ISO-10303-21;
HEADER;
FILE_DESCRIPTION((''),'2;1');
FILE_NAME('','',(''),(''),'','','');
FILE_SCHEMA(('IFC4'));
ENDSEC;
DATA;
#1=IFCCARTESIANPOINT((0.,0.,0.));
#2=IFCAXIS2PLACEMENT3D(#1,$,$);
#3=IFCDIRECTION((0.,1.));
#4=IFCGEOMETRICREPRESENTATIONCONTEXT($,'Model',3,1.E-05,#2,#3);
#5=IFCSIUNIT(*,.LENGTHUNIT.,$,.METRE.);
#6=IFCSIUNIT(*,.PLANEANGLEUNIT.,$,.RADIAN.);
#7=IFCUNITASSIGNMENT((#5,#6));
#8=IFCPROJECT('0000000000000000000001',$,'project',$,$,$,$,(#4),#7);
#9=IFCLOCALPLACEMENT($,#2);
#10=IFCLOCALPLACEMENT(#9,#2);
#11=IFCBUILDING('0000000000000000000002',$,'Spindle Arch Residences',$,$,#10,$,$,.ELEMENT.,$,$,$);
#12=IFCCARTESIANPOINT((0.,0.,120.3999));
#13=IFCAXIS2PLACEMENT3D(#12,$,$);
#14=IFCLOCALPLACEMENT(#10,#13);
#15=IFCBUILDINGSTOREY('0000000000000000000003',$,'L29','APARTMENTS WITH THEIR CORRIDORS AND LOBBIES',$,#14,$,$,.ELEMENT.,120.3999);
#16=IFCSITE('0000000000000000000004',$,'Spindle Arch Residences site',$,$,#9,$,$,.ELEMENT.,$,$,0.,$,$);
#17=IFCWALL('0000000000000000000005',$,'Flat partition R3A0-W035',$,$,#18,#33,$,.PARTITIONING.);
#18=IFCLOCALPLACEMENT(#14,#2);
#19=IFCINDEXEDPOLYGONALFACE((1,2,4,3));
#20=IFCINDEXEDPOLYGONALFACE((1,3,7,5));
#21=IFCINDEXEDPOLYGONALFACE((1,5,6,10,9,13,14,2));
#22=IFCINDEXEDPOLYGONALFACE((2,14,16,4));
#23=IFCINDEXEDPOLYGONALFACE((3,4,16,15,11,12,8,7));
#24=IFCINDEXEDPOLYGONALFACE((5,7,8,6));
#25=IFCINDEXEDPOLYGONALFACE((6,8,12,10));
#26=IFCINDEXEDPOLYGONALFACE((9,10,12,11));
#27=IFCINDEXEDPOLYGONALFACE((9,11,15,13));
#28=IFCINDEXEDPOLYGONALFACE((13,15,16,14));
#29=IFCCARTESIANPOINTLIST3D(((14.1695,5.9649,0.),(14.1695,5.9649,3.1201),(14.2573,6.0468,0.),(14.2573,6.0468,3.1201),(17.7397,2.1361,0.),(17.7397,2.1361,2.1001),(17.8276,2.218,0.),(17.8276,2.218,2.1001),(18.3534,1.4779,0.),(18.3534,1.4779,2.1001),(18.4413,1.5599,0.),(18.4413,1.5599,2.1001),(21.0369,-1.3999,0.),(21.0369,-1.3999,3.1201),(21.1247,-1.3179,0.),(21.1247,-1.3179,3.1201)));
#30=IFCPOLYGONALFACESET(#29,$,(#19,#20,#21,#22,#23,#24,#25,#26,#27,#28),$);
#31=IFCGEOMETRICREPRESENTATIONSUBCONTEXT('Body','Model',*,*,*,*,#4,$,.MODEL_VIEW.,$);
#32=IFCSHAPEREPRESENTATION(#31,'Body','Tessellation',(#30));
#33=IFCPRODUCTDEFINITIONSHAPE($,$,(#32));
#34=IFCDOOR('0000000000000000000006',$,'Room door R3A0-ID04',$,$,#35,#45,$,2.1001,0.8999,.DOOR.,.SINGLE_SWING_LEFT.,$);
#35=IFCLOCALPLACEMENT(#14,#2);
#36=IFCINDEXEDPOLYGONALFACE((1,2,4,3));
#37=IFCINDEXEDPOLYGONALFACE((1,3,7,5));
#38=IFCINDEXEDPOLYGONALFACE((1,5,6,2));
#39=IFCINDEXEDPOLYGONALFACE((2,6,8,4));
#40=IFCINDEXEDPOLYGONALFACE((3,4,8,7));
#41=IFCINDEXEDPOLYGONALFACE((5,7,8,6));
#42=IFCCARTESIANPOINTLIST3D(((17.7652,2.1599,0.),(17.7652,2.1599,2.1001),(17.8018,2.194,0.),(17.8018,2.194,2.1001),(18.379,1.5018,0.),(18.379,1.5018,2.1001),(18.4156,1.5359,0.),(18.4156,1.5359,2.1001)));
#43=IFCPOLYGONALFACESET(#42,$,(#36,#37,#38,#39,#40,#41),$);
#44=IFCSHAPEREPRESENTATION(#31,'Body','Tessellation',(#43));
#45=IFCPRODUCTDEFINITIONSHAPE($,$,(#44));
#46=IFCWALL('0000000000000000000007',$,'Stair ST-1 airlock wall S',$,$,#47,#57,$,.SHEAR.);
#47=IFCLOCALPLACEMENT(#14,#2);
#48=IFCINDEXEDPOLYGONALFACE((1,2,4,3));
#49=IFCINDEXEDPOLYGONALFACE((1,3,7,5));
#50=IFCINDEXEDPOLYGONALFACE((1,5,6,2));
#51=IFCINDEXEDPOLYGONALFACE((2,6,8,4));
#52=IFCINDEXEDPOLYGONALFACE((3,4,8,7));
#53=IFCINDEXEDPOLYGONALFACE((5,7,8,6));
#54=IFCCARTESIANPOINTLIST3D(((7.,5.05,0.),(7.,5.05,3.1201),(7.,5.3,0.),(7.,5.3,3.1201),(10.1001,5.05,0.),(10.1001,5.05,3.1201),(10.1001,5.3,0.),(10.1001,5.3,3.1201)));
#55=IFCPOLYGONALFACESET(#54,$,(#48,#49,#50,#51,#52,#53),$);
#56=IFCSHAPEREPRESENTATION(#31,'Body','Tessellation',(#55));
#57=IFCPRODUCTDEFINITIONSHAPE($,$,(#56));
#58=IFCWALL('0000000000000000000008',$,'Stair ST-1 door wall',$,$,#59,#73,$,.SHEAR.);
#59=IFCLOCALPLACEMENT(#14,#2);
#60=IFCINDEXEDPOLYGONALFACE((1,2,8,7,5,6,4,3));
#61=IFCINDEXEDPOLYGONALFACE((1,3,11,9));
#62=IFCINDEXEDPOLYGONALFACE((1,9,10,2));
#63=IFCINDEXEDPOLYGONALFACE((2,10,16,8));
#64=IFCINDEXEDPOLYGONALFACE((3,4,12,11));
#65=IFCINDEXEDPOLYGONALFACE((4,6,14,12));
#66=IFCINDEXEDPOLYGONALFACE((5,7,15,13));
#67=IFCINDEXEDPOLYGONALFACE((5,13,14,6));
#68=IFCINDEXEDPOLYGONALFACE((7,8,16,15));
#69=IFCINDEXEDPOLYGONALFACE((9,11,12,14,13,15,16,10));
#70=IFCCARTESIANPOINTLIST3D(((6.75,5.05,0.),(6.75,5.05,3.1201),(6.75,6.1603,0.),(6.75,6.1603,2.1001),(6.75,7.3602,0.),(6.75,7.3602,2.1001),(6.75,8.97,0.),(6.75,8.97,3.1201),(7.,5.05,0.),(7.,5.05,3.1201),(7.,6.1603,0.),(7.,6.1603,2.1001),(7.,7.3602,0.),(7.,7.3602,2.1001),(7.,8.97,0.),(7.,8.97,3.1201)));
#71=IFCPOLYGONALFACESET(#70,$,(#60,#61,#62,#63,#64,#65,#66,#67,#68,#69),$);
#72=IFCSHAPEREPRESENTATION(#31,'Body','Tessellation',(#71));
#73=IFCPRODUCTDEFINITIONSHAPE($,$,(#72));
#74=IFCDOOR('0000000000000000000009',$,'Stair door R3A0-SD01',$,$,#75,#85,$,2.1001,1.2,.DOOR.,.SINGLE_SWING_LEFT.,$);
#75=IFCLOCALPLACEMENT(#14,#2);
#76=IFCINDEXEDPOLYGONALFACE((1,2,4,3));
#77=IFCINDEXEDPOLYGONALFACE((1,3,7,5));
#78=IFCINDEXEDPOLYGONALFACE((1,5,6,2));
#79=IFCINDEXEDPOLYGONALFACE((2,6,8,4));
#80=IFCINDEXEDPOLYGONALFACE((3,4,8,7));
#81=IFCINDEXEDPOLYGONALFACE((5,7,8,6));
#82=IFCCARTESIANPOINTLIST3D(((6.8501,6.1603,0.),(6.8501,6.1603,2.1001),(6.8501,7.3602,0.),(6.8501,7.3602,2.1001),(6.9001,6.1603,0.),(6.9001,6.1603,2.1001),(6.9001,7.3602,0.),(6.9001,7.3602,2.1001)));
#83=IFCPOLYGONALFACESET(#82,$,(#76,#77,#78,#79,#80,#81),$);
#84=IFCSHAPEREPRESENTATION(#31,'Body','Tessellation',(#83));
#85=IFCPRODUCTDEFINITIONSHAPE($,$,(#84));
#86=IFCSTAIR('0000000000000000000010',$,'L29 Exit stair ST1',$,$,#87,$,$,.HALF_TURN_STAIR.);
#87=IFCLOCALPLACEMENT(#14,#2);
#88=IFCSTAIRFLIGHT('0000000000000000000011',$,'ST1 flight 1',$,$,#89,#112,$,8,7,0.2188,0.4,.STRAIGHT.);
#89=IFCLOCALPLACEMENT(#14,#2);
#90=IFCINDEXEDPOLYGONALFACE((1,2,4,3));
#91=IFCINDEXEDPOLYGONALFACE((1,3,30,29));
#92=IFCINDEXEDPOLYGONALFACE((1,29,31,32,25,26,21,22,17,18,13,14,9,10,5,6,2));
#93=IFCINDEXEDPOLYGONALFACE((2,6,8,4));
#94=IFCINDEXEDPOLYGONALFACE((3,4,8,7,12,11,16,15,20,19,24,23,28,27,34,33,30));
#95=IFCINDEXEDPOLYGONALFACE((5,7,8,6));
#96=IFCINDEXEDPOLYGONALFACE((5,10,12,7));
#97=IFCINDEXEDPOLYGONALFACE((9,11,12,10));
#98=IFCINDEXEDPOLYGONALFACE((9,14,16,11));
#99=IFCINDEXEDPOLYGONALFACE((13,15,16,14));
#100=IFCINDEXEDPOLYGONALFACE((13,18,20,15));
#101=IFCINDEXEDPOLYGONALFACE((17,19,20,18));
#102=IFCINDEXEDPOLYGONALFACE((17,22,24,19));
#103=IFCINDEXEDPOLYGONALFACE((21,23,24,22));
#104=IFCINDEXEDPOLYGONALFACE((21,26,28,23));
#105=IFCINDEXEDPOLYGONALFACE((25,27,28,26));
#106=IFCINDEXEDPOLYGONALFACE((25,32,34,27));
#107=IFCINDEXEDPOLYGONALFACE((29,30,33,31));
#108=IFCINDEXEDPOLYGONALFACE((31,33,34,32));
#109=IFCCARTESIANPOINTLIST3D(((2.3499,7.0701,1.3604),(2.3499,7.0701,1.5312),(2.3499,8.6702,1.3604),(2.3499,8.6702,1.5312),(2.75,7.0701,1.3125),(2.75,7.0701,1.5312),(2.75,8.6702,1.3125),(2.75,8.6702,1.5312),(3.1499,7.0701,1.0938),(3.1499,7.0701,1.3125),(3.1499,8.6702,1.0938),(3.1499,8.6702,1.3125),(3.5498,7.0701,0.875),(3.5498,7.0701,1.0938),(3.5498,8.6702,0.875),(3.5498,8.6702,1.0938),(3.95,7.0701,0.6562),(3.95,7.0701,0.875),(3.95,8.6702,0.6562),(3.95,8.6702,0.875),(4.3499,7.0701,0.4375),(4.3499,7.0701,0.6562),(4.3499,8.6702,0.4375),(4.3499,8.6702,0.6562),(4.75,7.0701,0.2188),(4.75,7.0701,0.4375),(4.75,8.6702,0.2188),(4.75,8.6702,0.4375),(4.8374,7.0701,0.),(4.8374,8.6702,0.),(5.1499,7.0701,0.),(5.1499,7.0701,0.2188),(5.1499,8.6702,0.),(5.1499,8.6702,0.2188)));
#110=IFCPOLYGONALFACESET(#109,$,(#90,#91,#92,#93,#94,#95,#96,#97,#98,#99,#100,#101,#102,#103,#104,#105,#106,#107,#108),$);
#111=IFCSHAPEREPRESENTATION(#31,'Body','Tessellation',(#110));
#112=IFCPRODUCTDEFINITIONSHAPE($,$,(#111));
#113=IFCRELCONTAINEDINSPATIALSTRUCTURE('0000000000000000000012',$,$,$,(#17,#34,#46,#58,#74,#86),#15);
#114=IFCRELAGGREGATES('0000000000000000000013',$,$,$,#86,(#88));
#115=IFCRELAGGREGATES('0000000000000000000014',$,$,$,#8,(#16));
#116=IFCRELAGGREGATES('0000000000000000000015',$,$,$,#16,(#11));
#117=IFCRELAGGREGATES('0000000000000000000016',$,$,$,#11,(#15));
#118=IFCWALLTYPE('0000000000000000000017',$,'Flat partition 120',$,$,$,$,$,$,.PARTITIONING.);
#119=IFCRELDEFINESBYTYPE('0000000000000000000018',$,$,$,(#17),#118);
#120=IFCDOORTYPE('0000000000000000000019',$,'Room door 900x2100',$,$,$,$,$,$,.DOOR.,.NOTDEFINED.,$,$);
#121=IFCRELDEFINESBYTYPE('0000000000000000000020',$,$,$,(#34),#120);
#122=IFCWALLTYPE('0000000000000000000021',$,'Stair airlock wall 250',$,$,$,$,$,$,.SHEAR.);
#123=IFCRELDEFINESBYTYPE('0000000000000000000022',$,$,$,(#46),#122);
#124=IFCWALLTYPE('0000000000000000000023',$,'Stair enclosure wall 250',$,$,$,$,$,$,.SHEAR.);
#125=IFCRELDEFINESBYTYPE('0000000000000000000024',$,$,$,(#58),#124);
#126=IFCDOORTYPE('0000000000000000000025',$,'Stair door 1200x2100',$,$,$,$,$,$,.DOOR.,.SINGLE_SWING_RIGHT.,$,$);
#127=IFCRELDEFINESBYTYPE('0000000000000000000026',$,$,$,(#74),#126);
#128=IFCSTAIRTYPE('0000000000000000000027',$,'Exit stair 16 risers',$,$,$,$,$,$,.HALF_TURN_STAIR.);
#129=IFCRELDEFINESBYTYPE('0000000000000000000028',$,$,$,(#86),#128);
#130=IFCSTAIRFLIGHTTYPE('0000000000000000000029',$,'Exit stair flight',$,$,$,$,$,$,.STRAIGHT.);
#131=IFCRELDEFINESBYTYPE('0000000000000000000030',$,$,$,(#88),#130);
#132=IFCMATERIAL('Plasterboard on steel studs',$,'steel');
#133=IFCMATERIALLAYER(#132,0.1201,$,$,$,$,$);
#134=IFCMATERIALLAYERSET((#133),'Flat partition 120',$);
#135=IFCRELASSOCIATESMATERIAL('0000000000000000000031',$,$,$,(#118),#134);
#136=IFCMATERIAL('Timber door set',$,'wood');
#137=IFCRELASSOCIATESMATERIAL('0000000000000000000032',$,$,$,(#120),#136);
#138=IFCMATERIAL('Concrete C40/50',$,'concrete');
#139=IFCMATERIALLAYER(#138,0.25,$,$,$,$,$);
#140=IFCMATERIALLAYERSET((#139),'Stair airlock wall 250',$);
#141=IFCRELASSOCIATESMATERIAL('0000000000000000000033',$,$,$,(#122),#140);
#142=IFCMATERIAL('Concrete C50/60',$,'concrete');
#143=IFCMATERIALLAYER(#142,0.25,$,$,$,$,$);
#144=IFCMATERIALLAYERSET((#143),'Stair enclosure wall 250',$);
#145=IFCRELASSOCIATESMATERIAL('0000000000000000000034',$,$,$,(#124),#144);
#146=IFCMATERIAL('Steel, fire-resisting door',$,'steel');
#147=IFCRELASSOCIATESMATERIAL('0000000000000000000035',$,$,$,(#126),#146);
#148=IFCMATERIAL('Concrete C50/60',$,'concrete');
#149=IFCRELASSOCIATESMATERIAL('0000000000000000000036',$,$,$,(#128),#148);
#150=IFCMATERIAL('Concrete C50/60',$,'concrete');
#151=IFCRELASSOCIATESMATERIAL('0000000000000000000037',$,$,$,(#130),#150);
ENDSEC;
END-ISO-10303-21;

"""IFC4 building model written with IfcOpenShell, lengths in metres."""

from ifc_helpers import new_model, si_unit, direction, frame, frame_2d, origin, place, context, subcontext, project, spatial, polyline, rectangle, outline, extrude, material, layer, layer_set, type_object, element, fill, aggregate, save


model = new_model("IFC4")

# Units and contexts
model_context = context("Model", 3, precision=1e-05, world=origin(), true_north=direction((0.0, 1.0)))
body_context = subcontext(model_context, "Body", "Model", "MODEL_VIEW")
ifc_project = project(units=[si_unit("LENGTHUNIT", "METRE"), si_unit("PLANEANGLEUNIT", "RADIAN")], contexts=[model_context])

# Site, building, storey
site_placement = place(None, origin())
site = spatial("IfcSite", under=ifc_project, at=site_placement, Name="Spindle Arch Residences site", CompositionType="ELEMENT", RefElevation=0.0)
building_placement = place(site_placement, origin())
building = spatial("IfcBuilding", under=site, at=building_placement, Name="Spindle Arch Residences", CompositionType="ELEMENT")
storey_placement = place(building_placement, frame((0.0, 0.0, 120.3999)))
storey = spatial("IfcBuildingStorey", under=building, at=storey_placement, Name="L29", Description="APARTMENTS WITH THEIR CORRIDORS AND LOBBIES", CompositionType="ELEMENT", Elevation=120.3999)

# Wall, opening, door
ifc_material_1 = material(Name="Plasterboard on steel studs", Category="steel")
ifc_layer_1 = layer(ifc_material_1, 0.1201)
ifc_layer_set_1 = layer_set([ifc_layer_1], Name="Flat partition 120")
wall_type_1 = type_object("IfcWallType", Name="Flat partition 120", PredefinedType="PARTITIONING", material=ifc_layer_set_1)
ifc_material_2 = material(Name="Timber door set", Category="wood")
door_type_1 = type_object("IfcDoorType", Name="Room door 900x2100", OperationType="NOTDEFINED", PredefinedType="DOOR", material=ifc_material_2)
wall_1_placement = place(storey_placement, frame((14.2134, 6.0059, 0.0), z_axis=(0.0, 0.0, 1.0), x_axis=(0.681982, -0.731369, 0.0)))
wall_1 = element("IfcWall", 1, at=wall_1_placement, inside=storey, type_object=wall_type_1, Name="Flat partition R3A0-W035", PredefinedType="PARTITIONING", context=body_context, shape_type="SweptSolid", body=[
    extrude(rectangle(XDim=10.0698, YDim=0.1201, at=frame_2d((5.0349, 0.0))), origin(), (0.0, 0.0, 1.0), 3.1201),
])
opening_1_placement = place(wall_1_placement, frame((5.2351, 0.0, 0.0)))
opening_1 = element("IfcOpeningElement", 2, at=opening_1_placement, cuts=wall_1, PredefinedType="OPENING", context=body_context, shape_type="SweptSolid", body=[
    extrude(rectangle(XDim=0.8999, YDim=2.1001, at=frame_2d((0.45, 1.05))), frame((0.0, 0.0701, 0.0), z_axis=(0.0, -1.0, 0.0), x_axis=(1.0, 0.0, 0.0)), (0.0, 0.0, 1.0), 0.1401),
])
door_1_placement = place(opening_1_placement, origin())
door_1 = element("IfcDoor", 3, at=door_1_placement, inside=storey, type_object=door_type_1, Name="Room door R3A0-ID04", OperationType="SINGLE_SWING_LEFT", OverallHeight=2.1001, OverallWidth=0.8999, PredefinedType="DOOR", context=body_context, shape_type="SweptSolid", body=[
    extrude(rectangle(XDim=0.8999, YDim=2.1001, at=frame_2d((0.45, 1.05))), frame((0.0, 0.0249, 0.0), z_axis=(0.0, -1.0, 0.0), x_axis=(1.0, 0.0, 0.0)), (0.0, 0.0, 1.0), 0.05),
])
fill(opening_1, door_1)

# Wall
ifc_material_3 = material(Name="Concrete C40/50", Category="concrete")
ifc_layer_2 = layer(ifc_material_3, 0.25)
ifc_layer_set_2 = layer_set([ifc_layer_2], Name="Stair airlock wall 250")
wall_type_2 = type_object("IfcWallType", Name="Stair airlock wall 250", PredefinedType="SHEAR", material=ifc_layer_set_2)
wall_2_placement = place(storey_placement, frame((7.0, 5.175, 0.0), z_axis=(0.0, 0.0, 1.0), x_axis=(1.0, 0.0, 0.0)))
element("IfcWall", 4, at=wall_2_placement, inside=storey, type_object=wall_type_2, Name="Stair ST-1 airlock wall S", PredefinedType="SHEAR", context=body_context, shape_type="SweptSolid", body=[
    extrude(rectangle(XDim=3.1001, YDim=0.25, at=frame_2d((1.55, 0.0))), origin(), (0.0, 0.0, 1.0), 3.1201),
])

# Wall, opening, door
ifc_material_4 = material(Name="Concrete C50/60", Category="concrete")
ifc_layer_3 = layer(ifc_material_4, 0.25)
ifc_layer_set_3 = layer_set([ifc_layer_3], Name="Stair enclosure wall 250")
wall_type_3 = type_object("IfcWallType", Name="Stair enclosure wall 250", PredefinedType="SHEAR", material=ifc_layer_set_3)
wall_3_placement = place(storey_placement, frame((6.875, 5.05, 0.0), z_axis=(0.0, 0.0, 1.0), x_axis=(0.0, 1.0, 0.0)))
wall_3 = element("IfcWall", 5, at=wall_3_placement, inside=storey, type_object=wall_type_3, Name="Stair ST-1 door wall", PredefinedType="SHEAR", context=body_context, shape_type="SweptSolid", body=[
    extrude(rectangle(XDim=3.9199, YDim=0.25, at=frame_2d((1.96, 0.0))), origin(), (0.0, 0.0, 1.0), 3.1201),
])
opening_2_placement = place(wall_3_placement, frame((1.1101, 0.0, 0.0)))
opening_2 = element("IfcOpeningElement", 6, at=opening_2_placement, cuts=wall_3, PredefinedType="OPENING", context=body_context, shape_type="SweptSolid", body=[
    extrude(rectangle(XDim=1.2, YDim=2.1001, at=frame_2d((0.6001, 1.05))), frame((0.0, 0.135, 0.0), z_axis=(0.0, -1.0, 0.0), x_axis=(1.0, 0.0, 0.0)), (0.0, 0.0, 1.0), 0.27),
])
ifc_material_5 = material(Name="Steel, fire-resisting door", Category="steel")
door_type_2 = type_object("IfcDoorType", Name="Stair door 1200x2100", OperationType="SINGLE_SWING_RIGHT", PredefinedType="DOOR", material=ifc_material_5)
door_2_placement = place(opening_2_placement, origin())
door_2 = element("IfcDoor", 7, at=door_2_placement, inside=storey, type_object=door_type_2, Name="Stair door R3A0-SD01", OperationType="SINGLE_SWING_LEFT", OverallHeight=2.1001, OverallWidth=1.2, PredefinedType="DOOR", context=body_context, shape_type="SweptSolid", body=[
    extrude(rectangle(XDim=1.2, YDim=2.1001, at=frame_2d((0.6001, 1.05))), frame((0.0, 0.0249, 0.0), z_axis=(0.0, -1.0, 0.0), x_axis=(1.0, 0.0, 0.0)), (0.0, 0.0, 1.0), 0.05),
])
fill(opening_2, door_2)

# Stair, stair flight
ifc_material_6 = material(Name="Concrete C50/60", Category="concrete")
stair_type = type_object("IfcStairType", Name="Exit stair 16 risers", PredefinedType="HALF_TURN_STAIR", material=ifc_material_6)
stair_placement = place(storey_placement, origin())
stair = element("IfcStair", 8, at=stair_placement, inside=storey, type_object=stair_type, Name="L29 Exit stair ST1", PredefinedType="HALF_TURN_STAIR")
ifc_material_7 = material(Name="Concrete C50/60", Category="concrete")
stair_flight_type = type_object("IfcStairFlightType", Name="Exit stair flight", PredefinedType="STRAIGHT", material=ifc_material_7)
stair_flight_placement = place(storey_placement, frame((5.1499, 7.8701, 0.0), z_axis=(0.0, 0.0, 1.0), x_axis=(-1.0, 0.0, 0.0)))
stair_flight = element("IfcStairFlight", 9, at=stair_flight_placement, type_object=stair_flight_type, Name="ST1 flight 1", NumberOfRisers=8, NumberOfTreads=7, PredefinedType="STRAIGHT", RiserHeight=0.2188, TreadLength=0.4, context=body_context, shape_type="SweptSolid", body=[
    extrude(outline(polyline([(0.0, 0.0), (0.0, 0.2188), (0.3999, 0.2188), (0.3999, 0.4375), (0.8, 0.4375), (0.8, 0.6562), (1.2, 0.6562), (1.2, 0.875), (1.6001, 0.875), (1.6001, 1.0938), (2.0, 1.0938), (2.0, 1.3125), (2.3999, 1.3125), (2.3999, 1.5312), (2.8, 1.5312), (2.8, 1.75), (2.8, 1.3604), (0.3125, 0.0), (0.0, 0.0)])), frame((0.0, 0.8, 0.0), z_axis=(0.0, -1.0, 0.0), x_axis=(1.0, 0.0, 0.0)), (0.0, 0.0, 1.0), 1.6001),
])
aggregate(stair, [stair_flight])

save(model, "model.ifc")
